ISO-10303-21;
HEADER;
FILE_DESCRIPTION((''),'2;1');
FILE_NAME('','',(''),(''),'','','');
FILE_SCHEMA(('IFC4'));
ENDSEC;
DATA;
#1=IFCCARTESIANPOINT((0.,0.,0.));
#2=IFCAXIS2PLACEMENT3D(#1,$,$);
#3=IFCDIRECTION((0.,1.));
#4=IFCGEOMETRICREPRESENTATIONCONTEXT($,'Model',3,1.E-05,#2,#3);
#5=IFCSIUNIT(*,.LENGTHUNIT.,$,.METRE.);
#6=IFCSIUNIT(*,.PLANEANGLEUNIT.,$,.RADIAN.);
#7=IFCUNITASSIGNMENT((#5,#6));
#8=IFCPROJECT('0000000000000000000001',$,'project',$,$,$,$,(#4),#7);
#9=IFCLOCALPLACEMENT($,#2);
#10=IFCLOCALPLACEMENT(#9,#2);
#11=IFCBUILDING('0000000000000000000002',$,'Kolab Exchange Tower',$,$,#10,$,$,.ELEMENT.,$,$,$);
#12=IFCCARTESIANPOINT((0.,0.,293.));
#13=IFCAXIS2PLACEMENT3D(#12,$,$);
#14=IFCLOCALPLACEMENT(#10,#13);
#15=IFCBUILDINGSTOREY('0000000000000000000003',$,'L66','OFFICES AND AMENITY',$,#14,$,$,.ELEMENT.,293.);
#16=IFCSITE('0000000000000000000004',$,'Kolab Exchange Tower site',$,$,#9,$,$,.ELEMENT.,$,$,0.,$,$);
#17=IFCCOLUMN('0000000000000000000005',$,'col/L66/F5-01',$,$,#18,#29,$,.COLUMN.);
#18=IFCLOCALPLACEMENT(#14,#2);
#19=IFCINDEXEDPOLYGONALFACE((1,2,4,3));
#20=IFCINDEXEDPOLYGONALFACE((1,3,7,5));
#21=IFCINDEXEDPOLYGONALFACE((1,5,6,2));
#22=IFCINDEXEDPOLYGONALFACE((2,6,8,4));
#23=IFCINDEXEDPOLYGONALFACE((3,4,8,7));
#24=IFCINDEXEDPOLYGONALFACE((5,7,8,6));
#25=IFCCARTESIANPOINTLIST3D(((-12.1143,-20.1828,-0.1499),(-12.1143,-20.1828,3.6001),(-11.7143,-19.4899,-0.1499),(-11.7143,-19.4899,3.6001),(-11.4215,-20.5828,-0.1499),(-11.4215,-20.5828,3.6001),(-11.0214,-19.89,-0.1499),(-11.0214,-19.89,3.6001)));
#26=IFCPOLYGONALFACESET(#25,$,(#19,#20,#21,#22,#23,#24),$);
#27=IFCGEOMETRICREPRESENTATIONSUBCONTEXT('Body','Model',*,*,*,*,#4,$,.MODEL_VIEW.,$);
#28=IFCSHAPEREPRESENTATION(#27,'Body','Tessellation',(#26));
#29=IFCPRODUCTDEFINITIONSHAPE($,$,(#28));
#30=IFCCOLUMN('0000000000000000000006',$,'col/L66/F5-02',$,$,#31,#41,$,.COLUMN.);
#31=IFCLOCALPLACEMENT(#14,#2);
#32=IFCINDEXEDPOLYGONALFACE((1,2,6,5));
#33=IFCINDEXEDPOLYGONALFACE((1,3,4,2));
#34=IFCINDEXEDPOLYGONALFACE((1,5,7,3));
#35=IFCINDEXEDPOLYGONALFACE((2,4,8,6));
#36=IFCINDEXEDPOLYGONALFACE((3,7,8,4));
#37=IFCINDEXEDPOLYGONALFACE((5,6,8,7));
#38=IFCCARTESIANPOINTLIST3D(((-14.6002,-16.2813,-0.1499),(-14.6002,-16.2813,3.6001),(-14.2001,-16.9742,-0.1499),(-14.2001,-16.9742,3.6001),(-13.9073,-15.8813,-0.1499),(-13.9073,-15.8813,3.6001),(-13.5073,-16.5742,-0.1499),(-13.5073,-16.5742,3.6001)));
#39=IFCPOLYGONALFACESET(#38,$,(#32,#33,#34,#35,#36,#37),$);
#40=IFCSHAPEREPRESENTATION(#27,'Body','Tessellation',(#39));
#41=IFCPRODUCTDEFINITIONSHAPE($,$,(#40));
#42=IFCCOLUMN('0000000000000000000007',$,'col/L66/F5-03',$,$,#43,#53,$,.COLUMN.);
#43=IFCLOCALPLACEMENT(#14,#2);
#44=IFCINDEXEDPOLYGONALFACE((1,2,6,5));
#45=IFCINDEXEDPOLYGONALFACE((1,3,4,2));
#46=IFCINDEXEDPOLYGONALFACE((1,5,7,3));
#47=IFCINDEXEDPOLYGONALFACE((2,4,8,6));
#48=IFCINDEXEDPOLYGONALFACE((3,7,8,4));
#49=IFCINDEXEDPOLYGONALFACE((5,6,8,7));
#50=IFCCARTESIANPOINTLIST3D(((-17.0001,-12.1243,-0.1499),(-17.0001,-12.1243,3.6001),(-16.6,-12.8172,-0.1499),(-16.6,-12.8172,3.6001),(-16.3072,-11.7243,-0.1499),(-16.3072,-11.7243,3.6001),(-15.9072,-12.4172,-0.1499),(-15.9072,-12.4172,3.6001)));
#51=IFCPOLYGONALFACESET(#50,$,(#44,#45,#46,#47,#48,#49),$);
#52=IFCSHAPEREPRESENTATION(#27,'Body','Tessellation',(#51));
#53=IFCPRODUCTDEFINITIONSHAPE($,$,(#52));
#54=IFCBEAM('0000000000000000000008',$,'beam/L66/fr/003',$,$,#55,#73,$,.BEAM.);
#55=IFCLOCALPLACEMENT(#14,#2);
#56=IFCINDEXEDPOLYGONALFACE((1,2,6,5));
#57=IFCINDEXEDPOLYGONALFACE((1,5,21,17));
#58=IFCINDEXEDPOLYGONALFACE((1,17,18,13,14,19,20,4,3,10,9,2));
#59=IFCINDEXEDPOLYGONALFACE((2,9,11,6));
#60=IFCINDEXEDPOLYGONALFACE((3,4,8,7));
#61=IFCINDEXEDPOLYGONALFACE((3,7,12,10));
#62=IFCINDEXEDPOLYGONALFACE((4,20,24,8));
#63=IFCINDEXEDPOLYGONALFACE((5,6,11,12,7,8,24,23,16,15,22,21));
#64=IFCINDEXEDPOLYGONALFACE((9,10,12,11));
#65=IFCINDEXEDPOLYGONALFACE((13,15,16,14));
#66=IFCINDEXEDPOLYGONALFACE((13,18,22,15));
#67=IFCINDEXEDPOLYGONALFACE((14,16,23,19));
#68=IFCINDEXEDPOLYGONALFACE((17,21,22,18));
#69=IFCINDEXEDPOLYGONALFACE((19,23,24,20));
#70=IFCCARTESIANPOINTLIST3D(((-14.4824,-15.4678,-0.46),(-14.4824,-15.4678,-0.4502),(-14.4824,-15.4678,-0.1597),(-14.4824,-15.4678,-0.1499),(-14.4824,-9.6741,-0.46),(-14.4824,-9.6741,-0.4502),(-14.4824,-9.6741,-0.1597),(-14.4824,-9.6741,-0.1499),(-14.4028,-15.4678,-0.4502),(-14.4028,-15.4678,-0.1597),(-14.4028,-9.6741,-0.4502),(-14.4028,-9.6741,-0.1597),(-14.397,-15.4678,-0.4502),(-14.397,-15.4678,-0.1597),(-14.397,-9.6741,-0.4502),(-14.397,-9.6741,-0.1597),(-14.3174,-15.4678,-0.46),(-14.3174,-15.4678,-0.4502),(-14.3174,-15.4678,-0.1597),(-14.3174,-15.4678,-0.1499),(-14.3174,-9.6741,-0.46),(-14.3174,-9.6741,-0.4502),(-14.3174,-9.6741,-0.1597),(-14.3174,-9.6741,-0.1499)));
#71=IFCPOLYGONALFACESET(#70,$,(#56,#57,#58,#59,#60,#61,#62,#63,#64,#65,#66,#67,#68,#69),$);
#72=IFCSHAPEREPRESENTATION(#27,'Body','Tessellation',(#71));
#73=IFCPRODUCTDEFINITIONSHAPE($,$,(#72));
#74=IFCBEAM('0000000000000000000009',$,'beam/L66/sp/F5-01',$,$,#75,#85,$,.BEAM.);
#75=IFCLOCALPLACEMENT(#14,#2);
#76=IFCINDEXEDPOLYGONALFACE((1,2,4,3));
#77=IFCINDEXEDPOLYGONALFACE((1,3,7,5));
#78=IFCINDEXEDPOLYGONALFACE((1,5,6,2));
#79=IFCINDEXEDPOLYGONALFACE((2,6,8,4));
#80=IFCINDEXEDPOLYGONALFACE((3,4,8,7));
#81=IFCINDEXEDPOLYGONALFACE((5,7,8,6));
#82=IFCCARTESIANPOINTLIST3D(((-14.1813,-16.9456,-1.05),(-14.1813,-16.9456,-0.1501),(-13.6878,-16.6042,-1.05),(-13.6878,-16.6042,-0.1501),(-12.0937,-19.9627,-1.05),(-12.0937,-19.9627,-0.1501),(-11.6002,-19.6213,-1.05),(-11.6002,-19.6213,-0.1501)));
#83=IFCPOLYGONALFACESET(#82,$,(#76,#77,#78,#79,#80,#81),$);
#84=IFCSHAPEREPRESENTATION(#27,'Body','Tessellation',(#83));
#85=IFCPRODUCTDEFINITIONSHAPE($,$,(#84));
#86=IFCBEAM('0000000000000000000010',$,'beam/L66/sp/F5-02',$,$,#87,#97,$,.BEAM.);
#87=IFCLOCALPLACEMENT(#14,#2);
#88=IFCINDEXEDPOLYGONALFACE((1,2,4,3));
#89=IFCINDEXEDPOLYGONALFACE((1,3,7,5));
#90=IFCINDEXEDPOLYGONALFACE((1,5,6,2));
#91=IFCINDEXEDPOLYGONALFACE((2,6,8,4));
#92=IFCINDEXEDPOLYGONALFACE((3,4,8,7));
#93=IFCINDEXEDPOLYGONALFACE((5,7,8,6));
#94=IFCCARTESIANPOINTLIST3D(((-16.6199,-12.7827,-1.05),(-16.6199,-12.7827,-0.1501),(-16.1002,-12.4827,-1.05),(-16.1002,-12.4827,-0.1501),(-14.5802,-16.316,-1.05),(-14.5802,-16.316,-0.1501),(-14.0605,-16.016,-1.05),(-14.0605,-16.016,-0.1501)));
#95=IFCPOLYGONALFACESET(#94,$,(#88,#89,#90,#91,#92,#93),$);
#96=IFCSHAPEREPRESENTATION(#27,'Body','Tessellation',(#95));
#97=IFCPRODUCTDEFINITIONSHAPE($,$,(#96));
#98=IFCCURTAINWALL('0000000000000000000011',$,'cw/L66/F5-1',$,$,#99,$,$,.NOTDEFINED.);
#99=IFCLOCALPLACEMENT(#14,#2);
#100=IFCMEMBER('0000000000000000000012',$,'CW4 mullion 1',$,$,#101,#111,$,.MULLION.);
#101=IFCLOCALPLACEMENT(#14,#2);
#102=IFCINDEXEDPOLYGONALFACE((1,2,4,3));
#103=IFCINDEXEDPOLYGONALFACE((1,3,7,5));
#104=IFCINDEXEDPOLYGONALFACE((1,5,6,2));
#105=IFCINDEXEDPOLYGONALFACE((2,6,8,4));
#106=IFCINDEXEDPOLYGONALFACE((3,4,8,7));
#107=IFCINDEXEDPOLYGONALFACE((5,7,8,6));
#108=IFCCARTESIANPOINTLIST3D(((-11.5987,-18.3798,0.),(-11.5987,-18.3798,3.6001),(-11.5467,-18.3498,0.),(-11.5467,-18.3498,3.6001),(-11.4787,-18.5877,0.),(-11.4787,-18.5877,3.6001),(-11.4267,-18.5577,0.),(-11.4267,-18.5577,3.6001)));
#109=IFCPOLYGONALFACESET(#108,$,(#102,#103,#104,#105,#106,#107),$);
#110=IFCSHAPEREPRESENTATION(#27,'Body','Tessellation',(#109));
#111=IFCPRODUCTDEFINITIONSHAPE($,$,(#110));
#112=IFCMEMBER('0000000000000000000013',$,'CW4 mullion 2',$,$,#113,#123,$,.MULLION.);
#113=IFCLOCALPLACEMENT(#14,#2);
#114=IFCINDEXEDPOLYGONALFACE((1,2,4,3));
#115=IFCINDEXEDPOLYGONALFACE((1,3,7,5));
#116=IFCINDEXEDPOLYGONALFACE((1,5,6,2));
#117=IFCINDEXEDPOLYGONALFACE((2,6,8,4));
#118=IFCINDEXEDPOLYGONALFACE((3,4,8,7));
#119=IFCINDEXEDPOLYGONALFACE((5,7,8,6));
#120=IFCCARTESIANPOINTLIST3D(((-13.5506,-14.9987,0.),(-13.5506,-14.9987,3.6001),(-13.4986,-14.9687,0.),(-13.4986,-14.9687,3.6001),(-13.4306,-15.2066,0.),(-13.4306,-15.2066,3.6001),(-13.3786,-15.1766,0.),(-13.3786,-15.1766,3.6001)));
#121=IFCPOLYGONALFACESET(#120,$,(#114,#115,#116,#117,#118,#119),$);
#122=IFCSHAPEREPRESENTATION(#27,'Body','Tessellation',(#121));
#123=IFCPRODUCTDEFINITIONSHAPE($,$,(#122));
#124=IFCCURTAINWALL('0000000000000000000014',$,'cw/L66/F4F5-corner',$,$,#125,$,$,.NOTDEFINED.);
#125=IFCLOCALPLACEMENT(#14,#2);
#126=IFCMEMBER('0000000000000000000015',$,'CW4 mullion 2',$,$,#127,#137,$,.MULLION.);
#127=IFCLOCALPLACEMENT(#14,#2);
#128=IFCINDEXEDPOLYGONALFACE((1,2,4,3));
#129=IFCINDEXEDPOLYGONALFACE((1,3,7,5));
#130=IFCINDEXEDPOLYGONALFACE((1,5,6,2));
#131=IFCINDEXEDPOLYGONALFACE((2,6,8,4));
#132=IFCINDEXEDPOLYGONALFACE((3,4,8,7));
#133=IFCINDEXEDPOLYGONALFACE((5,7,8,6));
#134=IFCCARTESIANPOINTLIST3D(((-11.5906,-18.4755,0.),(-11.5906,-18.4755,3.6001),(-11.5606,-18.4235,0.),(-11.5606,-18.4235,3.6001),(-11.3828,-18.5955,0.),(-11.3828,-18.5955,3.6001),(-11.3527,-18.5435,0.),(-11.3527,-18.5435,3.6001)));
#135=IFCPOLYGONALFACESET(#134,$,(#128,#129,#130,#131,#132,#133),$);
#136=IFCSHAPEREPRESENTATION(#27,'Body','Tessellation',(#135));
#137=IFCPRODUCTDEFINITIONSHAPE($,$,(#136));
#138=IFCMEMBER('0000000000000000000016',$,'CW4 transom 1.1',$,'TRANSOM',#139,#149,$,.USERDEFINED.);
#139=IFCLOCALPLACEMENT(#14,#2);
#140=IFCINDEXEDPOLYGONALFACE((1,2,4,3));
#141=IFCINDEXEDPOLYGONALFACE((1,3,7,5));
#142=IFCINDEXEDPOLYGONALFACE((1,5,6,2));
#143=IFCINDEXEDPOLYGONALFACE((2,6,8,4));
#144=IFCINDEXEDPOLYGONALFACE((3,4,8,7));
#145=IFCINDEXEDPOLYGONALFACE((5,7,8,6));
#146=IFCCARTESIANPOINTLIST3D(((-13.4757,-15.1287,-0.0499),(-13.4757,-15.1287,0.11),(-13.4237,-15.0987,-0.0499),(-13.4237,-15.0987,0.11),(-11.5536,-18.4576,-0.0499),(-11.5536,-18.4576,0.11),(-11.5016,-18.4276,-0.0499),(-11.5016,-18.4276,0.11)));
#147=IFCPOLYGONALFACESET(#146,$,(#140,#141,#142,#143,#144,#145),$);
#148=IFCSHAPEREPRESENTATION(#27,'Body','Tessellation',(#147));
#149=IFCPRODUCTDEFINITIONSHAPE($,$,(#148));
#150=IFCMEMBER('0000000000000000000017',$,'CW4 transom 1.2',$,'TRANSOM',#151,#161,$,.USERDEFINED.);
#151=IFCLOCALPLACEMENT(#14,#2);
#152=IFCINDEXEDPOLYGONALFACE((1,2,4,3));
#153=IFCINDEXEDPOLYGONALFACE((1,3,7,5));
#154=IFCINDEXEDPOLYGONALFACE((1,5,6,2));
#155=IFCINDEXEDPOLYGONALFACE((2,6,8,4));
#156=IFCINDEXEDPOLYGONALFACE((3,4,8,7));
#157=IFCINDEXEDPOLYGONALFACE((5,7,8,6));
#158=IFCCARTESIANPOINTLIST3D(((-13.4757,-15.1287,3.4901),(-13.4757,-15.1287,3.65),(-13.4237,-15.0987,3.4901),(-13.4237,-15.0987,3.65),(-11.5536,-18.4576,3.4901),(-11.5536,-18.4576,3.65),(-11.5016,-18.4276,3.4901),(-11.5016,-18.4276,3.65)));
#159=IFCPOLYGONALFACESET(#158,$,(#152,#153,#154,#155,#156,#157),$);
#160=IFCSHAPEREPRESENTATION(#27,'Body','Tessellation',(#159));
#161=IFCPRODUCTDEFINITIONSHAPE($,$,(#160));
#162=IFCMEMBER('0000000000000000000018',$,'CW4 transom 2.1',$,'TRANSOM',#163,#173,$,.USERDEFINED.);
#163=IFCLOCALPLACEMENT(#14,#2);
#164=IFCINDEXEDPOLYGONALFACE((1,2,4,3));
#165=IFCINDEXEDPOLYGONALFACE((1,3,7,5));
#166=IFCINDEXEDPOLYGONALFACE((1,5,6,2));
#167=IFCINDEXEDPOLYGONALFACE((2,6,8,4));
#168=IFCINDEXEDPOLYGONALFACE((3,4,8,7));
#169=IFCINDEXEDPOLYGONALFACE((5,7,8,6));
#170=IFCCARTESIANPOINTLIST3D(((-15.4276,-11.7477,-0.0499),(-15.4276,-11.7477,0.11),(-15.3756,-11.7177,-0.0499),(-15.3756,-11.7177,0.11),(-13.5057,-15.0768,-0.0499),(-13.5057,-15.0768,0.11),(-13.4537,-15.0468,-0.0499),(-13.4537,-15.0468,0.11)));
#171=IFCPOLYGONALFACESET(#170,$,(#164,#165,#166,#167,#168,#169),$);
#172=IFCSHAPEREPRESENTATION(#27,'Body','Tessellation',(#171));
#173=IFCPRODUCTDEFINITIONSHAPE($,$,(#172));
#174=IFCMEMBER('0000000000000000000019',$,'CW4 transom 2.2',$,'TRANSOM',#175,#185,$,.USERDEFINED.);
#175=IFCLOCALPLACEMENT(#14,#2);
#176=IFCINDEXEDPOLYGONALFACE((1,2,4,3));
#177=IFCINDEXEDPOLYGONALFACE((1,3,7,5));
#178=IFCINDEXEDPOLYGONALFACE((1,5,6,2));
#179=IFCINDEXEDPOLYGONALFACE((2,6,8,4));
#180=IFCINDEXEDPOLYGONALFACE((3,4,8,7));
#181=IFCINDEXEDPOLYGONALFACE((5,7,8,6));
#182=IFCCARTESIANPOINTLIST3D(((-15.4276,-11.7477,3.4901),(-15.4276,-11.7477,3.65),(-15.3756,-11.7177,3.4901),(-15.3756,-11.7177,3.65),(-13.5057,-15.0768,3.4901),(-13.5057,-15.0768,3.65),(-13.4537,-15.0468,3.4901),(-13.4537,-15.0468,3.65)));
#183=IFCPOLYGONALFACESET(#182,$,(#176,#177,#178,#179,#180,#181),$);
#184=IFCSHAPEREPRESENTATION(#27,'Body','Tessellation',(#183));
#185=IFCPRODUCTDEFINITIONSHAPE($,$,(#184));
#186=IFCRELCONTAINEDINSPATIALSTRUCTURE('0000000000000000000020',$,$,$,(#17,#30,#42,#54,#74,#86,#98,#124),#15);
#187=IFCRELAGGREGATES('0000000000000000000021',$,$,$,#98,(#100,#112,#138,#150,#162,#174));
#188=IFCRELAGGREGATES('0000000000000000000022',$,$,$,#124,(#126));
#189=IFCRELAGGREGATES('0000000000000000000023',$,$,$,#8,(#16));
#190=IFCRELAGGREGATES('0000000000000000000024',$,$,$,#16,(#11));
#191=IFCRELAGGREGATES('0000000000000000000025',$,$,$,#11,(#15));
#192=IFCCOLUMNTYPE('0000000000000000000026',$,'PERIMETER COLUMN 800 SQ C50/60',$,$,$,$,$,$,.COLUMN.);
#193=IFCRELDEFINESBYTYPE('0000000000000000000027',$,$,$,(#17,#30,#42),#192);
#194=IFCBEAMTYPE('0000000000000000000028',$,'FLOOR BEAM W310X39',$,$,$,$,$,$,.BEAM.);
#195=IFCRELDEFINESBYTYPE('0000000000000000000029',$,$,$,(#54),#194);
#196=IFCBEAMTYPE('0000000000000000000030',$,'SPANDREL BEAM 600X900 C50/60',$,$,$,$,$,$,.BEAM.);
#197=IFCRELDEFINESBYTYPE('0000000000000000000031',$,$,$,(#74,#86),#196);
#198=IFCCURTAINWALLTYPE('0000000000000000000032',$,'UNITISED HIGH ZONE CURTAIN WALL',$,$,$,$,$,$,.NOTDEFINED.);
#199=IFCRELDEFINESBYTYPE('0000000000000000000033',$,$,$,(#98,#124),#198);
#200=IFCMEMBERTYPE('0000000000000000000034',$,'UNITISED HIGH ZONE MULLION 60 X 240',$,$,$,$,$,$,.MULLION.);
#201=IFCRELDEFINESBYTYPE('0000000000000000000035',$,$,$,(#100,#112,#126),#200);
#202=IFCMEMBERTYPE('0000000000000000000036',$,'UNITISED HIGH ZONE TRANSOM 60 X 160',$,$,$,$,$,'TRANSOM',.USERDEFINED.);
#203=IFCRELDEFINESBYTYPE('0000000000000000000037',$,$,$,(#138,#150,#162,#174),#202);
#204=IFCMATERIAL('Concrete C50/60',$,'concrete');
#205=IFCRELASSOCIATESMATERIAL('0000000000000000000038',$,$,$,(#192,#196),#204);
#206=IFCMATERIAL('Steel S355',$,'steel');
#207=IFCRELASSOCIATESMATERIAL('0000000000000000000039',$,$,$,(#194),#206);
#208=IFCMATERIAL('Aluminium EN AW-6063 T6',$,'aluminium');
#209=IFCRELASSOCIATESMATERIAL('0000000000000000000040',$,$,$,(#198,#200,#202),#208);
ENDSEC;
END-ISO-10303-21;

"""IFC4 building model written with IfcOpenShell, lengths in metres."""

from ifc_helpers import new_model, si_unit, direction, frame, origin, origin_2d, place, context, subcontext, project, spatial, rectangle, i_section, extrude, material, material_profile, profile_set, type_object, element, aggregate, save


model = new_model("IFC4")

# Units and contexts
model_context = context("Model", 3, precision=1e-05, world=origin(), true_north=direction((0.0, 1.0)))
body_context = subcontext(model_context, "Body", "Model", "MODEL_VIEW")
ifc_project = project(units=[si_unit("LENGTHUNIT", "METRE"), si_unit("PLANEANGLEUNIT", "RADIAN")], contexts=[model_context])

# Site, building, storey
site_placement = place(None, origin())
site = spatial("IfcSite", under=ifc_project, at=site_placement, Name="Kolab Exchange Tower site", CompositionType="ELEMENT", RefElevation=0.0)
building_placement = place(site_placement, origin())
building = spatial("IfcBuilding", under=site, at=building_placement, Name="Kolab Exchange Tower", CompositionType="ELEMENT")
storey_placement = place(building_placement, frame((0.0, 0.0, 293.0)))
storey = spatial("IfcBuildingStorey", under=building, at=storey_placement, Name="L66", Description="OFFICES AND AMENITY", CompositionType="ELEMENT", Elevation=293.0)

# Columns
ifc_material_1 = material(Name="Concrete C50/60", Category="concrete")
ifc_material_profile_1 = material_profile(ifc_material_1, rectangle(XDim=0.8, YDim=0.8, at=origin_2d()), Name="RC800")
ifc_profile_set_1 = profile_set([ifc_material_profile_1], Name="Concrete C50/60")
column_type = type_object("IfcColumnType", Name="PERIMETER COLUMN 800 SQ C50/60", PredefinedType="COLUMN", material=ifc_profile_set_1)
for number, where, z_axis, x_axis, name in (
    (1, (-11.5679, -20.0364, -0.1499), (0.0, 0.0, 1.0), (0.5, 0.866025, 0.0), "col/L66/F5-01"),
    (2, (-14.0537, -16.4277, -0.1499), (0.0, 0.0, 1.0), (0.866025, 0.5, 0.0), "col/L66/F5-02"),
    (3, (-16.4536, -12.2708, -0.1499), (0.0, 0.0, 1.0), (0.866025, 0.5, 0.0), "col/L66/F5-03"),
):
    element("IfcColumn", number, at=place(storey_placement, frame(where, z_axis=z_axis, x_axis=x_axis)), inside=storey, type_object=column_type, Name=name, PredefinedType="COLUMN", context=body_context, shape_type="SweptSolid", body=[
        extrude(rectangle(XDim=0.8, YDim=0.8, at=origin_2d()), origin(), (0.0, 0.0, 1.0), 3.75),
    ])

# Beams
ifc_material_2 = material(Name="Steel S355", Category="steel")
ifc_material_profile_2 = material_profile(ifc_material_2, i_section(OverallWidth=0.165, OverallDepth=0.3101, WebThickness=0.0059, FlangeThickness=0.0098, at=origin_2d()), Name="W310X39")
ifc_profile_set_2 = profile_set([ifc_material_profile_2], Name="Steel S355")
beam_type_1 = type_object("IfcBeamType", Name="FLOOR BEAM W310X39", PredefinedType="BEAM", material=ifc_profile_set_2)
beam_1_placement = place(storey_placement, frame((-14.3999, -15.4678, -0.3049), z_axis=(0.0, 1.0, 0.0), x_axis=(-1.0, 0.0, 0.0)))
element("IfcBeam", 4, at=beam_1_placement, inside=storey, type_object=beam_type_1, Name="beam/L66/fr/003", PredefinedType="BEAM", context=body_context, shape_type="SweptSolid", body=[
    extrude(i_section(OverallWidth=0.165, OverallDepth=0.3101, WebThickness=0.0059, FlangeThickness=0.0098, at=origin_2d()), origin(), (0.0, 0.0, 1.0), 5.7937),
])
ifc_material_profile_3 = material_profile(ifc_material_1, rectangle(XDim=0.6001, YDim=0.8999, at=origin_2d()), Name="RC600X900")
ifc_profile_set_3 = profile_set([ifc_material_profile_3], Name="Concrete C50/60")
beam_type_2 = type_object("IfcBeamType", Name="SPANDREL BEAM 600X900 C50/60", PredefinedType="BEAM", material=ifc_profile_set_3)
beam_2_placement = place(storey_placement, frame((-11.8469, -19.792, -0.6001), z_axis=(-0.569006, 0.822334, 0.0), x_axis=(-0.822334, -0.569006, 0.0)))
element("IfcBeam", 5, at=beam_2_placement, inside=storey, type_object=beam_type_2, Name="beam/L66/sp/F5-01", PredefinedType="BEAM", context=body_context, shape_type="SweptSolid", body=[
    extrude(rectangle(XDim=0.6001, YDim=0.8999, at=origin_2d()), origin(), (0.0, 0.0, 1.0), 3.6689),
])
beam_3_placement = place(storey_placement, frame((-14.3203, -16.166, -0.6001), z_axis=(-0.499956, 0.866051, 0.0), x_axis=(-0.866051, -0.499956, 0.0)))
element("IfcBeam", 6, at=beam_3_placement, inside=storey, type_object=beam_type_2, Name="beam/L66/sp/F5-02", PredefinedType="BEAM", context=body_context, shape_type="SweptSolid", body=[
    extrude(rectangle(XDim=0.6001, YDim=0.8999, at=origin_2d()), origin(), (0.0, 0.0, 1.0), 4.0798),
])

# Curtain wall, members
ifc_material_3 = material(Name="Aluminium EN AW-6063 T6", Category="aluminium")
curtain_wall_type = type_object("IfcCurtainWallType", Name="UNITISED HIGH ZONE CURTAIN WALL", PredefinedType="NOTDEFINED", material=ifc_material_3)
curtain_wall_1_placement = place(storey_placement, origin())
curtain_wall_1 = element("IfcCurtainWall", 7, at=curtain_wall_1_placement, inside=storey, type_object=curtain_wall_type, Name="cw/L66/F5-1", PredefinedType="NOTDEFINED")
ifc_material_profile_4 = material_profile(ifc_material_3, rectangle(XDim=0.0601, YDim=0.24, at=origin_2d()), Name="RECT 60X240")
ifc_profile_set_4 = profile_set([ifc_material_profile_4], Name="Aluminium EN AW-6063 T6")
member_type_1 = type_object("IfcMemberType", Name="UNITISED HIGH ZONE MULLION 60 X 240", PredefinedType="MULLION", material=ifc_profile_set_4)
member_1_placement = place(storey_placement, frame((-11.5127, -18.4688, 0.0), z_axis=(0.0, 0.0, 1.0), x_axis=(-0.866025, -0.5, 0.0)))
member_1 = element("IfcMember", 8, at=member_1_placement, type_object=member_type_1, Name="CW4 mullion 1", PredefinedType="MULLION", context=body_context, shape_type="SweptSolid", body=[
    extrude(rectangle(XDim=0.0601, YDim=0.24, at=origin_2d()), origin(), (0.0, 0.0, 1.0), 3.6001),
])
member_2_placement = place(storey_placement, frame((-13.4646, -15.0876, 0.0), z_axis=(0.0, 0.0, 1.0), x_axis=(-0.866025, -0.5, 0.0)))
member_2 = element("IfcMember", 9, at=member_2_placement, type_object=member_type_1, Name="CW4 mullion 2", PredefinedType="MULLION", context=body_context, shape_type="SweptSolid", body=[
    extrude(rectangle(XDim=0.0601, YDim=0.24, at=origin_2d()), origin(), (0.0, 0.0, 1.0), 3.6001),
])

# Curtain wall, member
curtain_wall_2_placement = place(storey_placement, origin())
curtain_wall_2 = element("IfcCurtainWall", 10, at=curtain_wall_2_placement, inside=storey, type_object=curtain_wall_type, Name="cw/L66/F4F5-corner", PredefinedType="NOTDEFINED")
member_3_placement = place(storey_placement, frame((-11.4717, -18.5095, 0.0), z_axis=(0.0, 0.0, 1.0), x_axis=(-0.5, -0.866025, 0.0)))
member_3 = element("IfcMember", 11, at=member_3_placement, type_object=member_type_1, Name="CW4 mullion 2", PredefinedType="MULLION", context=body_context, shape_type="SweptSolid", body=[
    extrude(rectangle(XDim=0.0601, YDim=0.24, at=origin_2d()), origin(), (0.0, 0.0, 1.0), 3.6001),
])

# Members
ifc_material_profile_5 = material_profile(ifc_material_3, rectangle(XDim=0.0601, YDim=0.1599, at=origin_2d()), Name="RECT 60X160")
ifc_profile_set_5 = profile_set([ifc_material_profile_5], Name="Aluminium EN AW-6063 T6")
member_type_2 = type_object("IfcMemberType", Name="UNITISED HIGH ZONE TRANSOM 60 X 160", ElementType="TRANSOM", PredefinedType="USERDEFINED", material=ifc_profile_set_5)
member_4_placement = place(storey_placement, frame((-11.5276, -18.4426, 0.03), z_axis=(-0.500039, 0.866003, 0.0), x_axis=(-0.866003, -0.500039, 0.0)))
member_4 = element("IfcMember", 12, at=member_4_placement, type_object=member_type_2, Name="CW4 transom 1.1", ObjectType="TRANSOM", PredefinedType="USERDEFINED", context=body_context, shape_type="SweptSolid", body=[
    extrude(rectangle(XDim=0.0601, YDim=0.1599, at=origin_2d()), origin(), (0.0, 0.0, 1.0), 3.844),
])
member_5_placement = place(storey_placement, frame((-11.5276, -18.4426, 3.5701), z_axis=(-0.500039, 0.866003, 0.0), x_axis=(-0.866003, -0.500039, 0.0)))
member_5 = element("IfcMember", 13, at=member_5_placement, type_object=member_type_2, Name="CW4 transom 1.2", ObjectType="TRANSOM", PredefinedType="USERDEFINED", context=body_context, shape_type="SweptSolid", body=[
    extrude(rectangle(XDim=0.0601, YDim=0.1599, at=origin_2d()), origin(), (0.0, 0.0, 1.0), 3.844),
])
member_6_placement = place(storey_placement, frame((-13.4797, -15.0618, 0.03), z_axis=(-0.499964, 0.866046, 0.0), x_axis=(-0.866046, -0.499964, 0.0)))
member_6 = element("IfcMember", 14, at=member_6_placement, type_object=member_type_2, Name="CW4 transom 2.1", ObjectType="TRANSOM", PredefinedType="USERDEFINED", context=body_context, shape_type="SweptSolid", body=[
    extrude(rectangle(XDim=0.0601, YDim=0.1599, at=origin_2d()), origin(), (0.0, 0.0, 1.0), 3.844),
])
member_7_placement = place(storey_placement, frame((-13.4797, -15.0618, 3.5701), z_axis=(-0.499964, 0.866046, 0.0), x_axis=(-0.866046, -0.499964, 0.0)))
member_7 = element("IfcMember", 15, at=member_7_placement, type_object=member_type_2, Name="CW4 transom 2.2", ObjectType="TRANSOM", PredefinedType="USERDEFINED", context=body_context, shape_type="SweptSolid", body=[
    extrude(rectangle(XDim=0.0601, YDim=0.1599, at=origin_2d()), origin(), (0.0, 0.0, 1.0), 3.844),
])

aggregate(curtain_wall_1, [member_1, member_2, member_4, member_5, member_6, member_7])
aggregate(curtain_wall_2, [member_3])

save(model, "model.ifc")
